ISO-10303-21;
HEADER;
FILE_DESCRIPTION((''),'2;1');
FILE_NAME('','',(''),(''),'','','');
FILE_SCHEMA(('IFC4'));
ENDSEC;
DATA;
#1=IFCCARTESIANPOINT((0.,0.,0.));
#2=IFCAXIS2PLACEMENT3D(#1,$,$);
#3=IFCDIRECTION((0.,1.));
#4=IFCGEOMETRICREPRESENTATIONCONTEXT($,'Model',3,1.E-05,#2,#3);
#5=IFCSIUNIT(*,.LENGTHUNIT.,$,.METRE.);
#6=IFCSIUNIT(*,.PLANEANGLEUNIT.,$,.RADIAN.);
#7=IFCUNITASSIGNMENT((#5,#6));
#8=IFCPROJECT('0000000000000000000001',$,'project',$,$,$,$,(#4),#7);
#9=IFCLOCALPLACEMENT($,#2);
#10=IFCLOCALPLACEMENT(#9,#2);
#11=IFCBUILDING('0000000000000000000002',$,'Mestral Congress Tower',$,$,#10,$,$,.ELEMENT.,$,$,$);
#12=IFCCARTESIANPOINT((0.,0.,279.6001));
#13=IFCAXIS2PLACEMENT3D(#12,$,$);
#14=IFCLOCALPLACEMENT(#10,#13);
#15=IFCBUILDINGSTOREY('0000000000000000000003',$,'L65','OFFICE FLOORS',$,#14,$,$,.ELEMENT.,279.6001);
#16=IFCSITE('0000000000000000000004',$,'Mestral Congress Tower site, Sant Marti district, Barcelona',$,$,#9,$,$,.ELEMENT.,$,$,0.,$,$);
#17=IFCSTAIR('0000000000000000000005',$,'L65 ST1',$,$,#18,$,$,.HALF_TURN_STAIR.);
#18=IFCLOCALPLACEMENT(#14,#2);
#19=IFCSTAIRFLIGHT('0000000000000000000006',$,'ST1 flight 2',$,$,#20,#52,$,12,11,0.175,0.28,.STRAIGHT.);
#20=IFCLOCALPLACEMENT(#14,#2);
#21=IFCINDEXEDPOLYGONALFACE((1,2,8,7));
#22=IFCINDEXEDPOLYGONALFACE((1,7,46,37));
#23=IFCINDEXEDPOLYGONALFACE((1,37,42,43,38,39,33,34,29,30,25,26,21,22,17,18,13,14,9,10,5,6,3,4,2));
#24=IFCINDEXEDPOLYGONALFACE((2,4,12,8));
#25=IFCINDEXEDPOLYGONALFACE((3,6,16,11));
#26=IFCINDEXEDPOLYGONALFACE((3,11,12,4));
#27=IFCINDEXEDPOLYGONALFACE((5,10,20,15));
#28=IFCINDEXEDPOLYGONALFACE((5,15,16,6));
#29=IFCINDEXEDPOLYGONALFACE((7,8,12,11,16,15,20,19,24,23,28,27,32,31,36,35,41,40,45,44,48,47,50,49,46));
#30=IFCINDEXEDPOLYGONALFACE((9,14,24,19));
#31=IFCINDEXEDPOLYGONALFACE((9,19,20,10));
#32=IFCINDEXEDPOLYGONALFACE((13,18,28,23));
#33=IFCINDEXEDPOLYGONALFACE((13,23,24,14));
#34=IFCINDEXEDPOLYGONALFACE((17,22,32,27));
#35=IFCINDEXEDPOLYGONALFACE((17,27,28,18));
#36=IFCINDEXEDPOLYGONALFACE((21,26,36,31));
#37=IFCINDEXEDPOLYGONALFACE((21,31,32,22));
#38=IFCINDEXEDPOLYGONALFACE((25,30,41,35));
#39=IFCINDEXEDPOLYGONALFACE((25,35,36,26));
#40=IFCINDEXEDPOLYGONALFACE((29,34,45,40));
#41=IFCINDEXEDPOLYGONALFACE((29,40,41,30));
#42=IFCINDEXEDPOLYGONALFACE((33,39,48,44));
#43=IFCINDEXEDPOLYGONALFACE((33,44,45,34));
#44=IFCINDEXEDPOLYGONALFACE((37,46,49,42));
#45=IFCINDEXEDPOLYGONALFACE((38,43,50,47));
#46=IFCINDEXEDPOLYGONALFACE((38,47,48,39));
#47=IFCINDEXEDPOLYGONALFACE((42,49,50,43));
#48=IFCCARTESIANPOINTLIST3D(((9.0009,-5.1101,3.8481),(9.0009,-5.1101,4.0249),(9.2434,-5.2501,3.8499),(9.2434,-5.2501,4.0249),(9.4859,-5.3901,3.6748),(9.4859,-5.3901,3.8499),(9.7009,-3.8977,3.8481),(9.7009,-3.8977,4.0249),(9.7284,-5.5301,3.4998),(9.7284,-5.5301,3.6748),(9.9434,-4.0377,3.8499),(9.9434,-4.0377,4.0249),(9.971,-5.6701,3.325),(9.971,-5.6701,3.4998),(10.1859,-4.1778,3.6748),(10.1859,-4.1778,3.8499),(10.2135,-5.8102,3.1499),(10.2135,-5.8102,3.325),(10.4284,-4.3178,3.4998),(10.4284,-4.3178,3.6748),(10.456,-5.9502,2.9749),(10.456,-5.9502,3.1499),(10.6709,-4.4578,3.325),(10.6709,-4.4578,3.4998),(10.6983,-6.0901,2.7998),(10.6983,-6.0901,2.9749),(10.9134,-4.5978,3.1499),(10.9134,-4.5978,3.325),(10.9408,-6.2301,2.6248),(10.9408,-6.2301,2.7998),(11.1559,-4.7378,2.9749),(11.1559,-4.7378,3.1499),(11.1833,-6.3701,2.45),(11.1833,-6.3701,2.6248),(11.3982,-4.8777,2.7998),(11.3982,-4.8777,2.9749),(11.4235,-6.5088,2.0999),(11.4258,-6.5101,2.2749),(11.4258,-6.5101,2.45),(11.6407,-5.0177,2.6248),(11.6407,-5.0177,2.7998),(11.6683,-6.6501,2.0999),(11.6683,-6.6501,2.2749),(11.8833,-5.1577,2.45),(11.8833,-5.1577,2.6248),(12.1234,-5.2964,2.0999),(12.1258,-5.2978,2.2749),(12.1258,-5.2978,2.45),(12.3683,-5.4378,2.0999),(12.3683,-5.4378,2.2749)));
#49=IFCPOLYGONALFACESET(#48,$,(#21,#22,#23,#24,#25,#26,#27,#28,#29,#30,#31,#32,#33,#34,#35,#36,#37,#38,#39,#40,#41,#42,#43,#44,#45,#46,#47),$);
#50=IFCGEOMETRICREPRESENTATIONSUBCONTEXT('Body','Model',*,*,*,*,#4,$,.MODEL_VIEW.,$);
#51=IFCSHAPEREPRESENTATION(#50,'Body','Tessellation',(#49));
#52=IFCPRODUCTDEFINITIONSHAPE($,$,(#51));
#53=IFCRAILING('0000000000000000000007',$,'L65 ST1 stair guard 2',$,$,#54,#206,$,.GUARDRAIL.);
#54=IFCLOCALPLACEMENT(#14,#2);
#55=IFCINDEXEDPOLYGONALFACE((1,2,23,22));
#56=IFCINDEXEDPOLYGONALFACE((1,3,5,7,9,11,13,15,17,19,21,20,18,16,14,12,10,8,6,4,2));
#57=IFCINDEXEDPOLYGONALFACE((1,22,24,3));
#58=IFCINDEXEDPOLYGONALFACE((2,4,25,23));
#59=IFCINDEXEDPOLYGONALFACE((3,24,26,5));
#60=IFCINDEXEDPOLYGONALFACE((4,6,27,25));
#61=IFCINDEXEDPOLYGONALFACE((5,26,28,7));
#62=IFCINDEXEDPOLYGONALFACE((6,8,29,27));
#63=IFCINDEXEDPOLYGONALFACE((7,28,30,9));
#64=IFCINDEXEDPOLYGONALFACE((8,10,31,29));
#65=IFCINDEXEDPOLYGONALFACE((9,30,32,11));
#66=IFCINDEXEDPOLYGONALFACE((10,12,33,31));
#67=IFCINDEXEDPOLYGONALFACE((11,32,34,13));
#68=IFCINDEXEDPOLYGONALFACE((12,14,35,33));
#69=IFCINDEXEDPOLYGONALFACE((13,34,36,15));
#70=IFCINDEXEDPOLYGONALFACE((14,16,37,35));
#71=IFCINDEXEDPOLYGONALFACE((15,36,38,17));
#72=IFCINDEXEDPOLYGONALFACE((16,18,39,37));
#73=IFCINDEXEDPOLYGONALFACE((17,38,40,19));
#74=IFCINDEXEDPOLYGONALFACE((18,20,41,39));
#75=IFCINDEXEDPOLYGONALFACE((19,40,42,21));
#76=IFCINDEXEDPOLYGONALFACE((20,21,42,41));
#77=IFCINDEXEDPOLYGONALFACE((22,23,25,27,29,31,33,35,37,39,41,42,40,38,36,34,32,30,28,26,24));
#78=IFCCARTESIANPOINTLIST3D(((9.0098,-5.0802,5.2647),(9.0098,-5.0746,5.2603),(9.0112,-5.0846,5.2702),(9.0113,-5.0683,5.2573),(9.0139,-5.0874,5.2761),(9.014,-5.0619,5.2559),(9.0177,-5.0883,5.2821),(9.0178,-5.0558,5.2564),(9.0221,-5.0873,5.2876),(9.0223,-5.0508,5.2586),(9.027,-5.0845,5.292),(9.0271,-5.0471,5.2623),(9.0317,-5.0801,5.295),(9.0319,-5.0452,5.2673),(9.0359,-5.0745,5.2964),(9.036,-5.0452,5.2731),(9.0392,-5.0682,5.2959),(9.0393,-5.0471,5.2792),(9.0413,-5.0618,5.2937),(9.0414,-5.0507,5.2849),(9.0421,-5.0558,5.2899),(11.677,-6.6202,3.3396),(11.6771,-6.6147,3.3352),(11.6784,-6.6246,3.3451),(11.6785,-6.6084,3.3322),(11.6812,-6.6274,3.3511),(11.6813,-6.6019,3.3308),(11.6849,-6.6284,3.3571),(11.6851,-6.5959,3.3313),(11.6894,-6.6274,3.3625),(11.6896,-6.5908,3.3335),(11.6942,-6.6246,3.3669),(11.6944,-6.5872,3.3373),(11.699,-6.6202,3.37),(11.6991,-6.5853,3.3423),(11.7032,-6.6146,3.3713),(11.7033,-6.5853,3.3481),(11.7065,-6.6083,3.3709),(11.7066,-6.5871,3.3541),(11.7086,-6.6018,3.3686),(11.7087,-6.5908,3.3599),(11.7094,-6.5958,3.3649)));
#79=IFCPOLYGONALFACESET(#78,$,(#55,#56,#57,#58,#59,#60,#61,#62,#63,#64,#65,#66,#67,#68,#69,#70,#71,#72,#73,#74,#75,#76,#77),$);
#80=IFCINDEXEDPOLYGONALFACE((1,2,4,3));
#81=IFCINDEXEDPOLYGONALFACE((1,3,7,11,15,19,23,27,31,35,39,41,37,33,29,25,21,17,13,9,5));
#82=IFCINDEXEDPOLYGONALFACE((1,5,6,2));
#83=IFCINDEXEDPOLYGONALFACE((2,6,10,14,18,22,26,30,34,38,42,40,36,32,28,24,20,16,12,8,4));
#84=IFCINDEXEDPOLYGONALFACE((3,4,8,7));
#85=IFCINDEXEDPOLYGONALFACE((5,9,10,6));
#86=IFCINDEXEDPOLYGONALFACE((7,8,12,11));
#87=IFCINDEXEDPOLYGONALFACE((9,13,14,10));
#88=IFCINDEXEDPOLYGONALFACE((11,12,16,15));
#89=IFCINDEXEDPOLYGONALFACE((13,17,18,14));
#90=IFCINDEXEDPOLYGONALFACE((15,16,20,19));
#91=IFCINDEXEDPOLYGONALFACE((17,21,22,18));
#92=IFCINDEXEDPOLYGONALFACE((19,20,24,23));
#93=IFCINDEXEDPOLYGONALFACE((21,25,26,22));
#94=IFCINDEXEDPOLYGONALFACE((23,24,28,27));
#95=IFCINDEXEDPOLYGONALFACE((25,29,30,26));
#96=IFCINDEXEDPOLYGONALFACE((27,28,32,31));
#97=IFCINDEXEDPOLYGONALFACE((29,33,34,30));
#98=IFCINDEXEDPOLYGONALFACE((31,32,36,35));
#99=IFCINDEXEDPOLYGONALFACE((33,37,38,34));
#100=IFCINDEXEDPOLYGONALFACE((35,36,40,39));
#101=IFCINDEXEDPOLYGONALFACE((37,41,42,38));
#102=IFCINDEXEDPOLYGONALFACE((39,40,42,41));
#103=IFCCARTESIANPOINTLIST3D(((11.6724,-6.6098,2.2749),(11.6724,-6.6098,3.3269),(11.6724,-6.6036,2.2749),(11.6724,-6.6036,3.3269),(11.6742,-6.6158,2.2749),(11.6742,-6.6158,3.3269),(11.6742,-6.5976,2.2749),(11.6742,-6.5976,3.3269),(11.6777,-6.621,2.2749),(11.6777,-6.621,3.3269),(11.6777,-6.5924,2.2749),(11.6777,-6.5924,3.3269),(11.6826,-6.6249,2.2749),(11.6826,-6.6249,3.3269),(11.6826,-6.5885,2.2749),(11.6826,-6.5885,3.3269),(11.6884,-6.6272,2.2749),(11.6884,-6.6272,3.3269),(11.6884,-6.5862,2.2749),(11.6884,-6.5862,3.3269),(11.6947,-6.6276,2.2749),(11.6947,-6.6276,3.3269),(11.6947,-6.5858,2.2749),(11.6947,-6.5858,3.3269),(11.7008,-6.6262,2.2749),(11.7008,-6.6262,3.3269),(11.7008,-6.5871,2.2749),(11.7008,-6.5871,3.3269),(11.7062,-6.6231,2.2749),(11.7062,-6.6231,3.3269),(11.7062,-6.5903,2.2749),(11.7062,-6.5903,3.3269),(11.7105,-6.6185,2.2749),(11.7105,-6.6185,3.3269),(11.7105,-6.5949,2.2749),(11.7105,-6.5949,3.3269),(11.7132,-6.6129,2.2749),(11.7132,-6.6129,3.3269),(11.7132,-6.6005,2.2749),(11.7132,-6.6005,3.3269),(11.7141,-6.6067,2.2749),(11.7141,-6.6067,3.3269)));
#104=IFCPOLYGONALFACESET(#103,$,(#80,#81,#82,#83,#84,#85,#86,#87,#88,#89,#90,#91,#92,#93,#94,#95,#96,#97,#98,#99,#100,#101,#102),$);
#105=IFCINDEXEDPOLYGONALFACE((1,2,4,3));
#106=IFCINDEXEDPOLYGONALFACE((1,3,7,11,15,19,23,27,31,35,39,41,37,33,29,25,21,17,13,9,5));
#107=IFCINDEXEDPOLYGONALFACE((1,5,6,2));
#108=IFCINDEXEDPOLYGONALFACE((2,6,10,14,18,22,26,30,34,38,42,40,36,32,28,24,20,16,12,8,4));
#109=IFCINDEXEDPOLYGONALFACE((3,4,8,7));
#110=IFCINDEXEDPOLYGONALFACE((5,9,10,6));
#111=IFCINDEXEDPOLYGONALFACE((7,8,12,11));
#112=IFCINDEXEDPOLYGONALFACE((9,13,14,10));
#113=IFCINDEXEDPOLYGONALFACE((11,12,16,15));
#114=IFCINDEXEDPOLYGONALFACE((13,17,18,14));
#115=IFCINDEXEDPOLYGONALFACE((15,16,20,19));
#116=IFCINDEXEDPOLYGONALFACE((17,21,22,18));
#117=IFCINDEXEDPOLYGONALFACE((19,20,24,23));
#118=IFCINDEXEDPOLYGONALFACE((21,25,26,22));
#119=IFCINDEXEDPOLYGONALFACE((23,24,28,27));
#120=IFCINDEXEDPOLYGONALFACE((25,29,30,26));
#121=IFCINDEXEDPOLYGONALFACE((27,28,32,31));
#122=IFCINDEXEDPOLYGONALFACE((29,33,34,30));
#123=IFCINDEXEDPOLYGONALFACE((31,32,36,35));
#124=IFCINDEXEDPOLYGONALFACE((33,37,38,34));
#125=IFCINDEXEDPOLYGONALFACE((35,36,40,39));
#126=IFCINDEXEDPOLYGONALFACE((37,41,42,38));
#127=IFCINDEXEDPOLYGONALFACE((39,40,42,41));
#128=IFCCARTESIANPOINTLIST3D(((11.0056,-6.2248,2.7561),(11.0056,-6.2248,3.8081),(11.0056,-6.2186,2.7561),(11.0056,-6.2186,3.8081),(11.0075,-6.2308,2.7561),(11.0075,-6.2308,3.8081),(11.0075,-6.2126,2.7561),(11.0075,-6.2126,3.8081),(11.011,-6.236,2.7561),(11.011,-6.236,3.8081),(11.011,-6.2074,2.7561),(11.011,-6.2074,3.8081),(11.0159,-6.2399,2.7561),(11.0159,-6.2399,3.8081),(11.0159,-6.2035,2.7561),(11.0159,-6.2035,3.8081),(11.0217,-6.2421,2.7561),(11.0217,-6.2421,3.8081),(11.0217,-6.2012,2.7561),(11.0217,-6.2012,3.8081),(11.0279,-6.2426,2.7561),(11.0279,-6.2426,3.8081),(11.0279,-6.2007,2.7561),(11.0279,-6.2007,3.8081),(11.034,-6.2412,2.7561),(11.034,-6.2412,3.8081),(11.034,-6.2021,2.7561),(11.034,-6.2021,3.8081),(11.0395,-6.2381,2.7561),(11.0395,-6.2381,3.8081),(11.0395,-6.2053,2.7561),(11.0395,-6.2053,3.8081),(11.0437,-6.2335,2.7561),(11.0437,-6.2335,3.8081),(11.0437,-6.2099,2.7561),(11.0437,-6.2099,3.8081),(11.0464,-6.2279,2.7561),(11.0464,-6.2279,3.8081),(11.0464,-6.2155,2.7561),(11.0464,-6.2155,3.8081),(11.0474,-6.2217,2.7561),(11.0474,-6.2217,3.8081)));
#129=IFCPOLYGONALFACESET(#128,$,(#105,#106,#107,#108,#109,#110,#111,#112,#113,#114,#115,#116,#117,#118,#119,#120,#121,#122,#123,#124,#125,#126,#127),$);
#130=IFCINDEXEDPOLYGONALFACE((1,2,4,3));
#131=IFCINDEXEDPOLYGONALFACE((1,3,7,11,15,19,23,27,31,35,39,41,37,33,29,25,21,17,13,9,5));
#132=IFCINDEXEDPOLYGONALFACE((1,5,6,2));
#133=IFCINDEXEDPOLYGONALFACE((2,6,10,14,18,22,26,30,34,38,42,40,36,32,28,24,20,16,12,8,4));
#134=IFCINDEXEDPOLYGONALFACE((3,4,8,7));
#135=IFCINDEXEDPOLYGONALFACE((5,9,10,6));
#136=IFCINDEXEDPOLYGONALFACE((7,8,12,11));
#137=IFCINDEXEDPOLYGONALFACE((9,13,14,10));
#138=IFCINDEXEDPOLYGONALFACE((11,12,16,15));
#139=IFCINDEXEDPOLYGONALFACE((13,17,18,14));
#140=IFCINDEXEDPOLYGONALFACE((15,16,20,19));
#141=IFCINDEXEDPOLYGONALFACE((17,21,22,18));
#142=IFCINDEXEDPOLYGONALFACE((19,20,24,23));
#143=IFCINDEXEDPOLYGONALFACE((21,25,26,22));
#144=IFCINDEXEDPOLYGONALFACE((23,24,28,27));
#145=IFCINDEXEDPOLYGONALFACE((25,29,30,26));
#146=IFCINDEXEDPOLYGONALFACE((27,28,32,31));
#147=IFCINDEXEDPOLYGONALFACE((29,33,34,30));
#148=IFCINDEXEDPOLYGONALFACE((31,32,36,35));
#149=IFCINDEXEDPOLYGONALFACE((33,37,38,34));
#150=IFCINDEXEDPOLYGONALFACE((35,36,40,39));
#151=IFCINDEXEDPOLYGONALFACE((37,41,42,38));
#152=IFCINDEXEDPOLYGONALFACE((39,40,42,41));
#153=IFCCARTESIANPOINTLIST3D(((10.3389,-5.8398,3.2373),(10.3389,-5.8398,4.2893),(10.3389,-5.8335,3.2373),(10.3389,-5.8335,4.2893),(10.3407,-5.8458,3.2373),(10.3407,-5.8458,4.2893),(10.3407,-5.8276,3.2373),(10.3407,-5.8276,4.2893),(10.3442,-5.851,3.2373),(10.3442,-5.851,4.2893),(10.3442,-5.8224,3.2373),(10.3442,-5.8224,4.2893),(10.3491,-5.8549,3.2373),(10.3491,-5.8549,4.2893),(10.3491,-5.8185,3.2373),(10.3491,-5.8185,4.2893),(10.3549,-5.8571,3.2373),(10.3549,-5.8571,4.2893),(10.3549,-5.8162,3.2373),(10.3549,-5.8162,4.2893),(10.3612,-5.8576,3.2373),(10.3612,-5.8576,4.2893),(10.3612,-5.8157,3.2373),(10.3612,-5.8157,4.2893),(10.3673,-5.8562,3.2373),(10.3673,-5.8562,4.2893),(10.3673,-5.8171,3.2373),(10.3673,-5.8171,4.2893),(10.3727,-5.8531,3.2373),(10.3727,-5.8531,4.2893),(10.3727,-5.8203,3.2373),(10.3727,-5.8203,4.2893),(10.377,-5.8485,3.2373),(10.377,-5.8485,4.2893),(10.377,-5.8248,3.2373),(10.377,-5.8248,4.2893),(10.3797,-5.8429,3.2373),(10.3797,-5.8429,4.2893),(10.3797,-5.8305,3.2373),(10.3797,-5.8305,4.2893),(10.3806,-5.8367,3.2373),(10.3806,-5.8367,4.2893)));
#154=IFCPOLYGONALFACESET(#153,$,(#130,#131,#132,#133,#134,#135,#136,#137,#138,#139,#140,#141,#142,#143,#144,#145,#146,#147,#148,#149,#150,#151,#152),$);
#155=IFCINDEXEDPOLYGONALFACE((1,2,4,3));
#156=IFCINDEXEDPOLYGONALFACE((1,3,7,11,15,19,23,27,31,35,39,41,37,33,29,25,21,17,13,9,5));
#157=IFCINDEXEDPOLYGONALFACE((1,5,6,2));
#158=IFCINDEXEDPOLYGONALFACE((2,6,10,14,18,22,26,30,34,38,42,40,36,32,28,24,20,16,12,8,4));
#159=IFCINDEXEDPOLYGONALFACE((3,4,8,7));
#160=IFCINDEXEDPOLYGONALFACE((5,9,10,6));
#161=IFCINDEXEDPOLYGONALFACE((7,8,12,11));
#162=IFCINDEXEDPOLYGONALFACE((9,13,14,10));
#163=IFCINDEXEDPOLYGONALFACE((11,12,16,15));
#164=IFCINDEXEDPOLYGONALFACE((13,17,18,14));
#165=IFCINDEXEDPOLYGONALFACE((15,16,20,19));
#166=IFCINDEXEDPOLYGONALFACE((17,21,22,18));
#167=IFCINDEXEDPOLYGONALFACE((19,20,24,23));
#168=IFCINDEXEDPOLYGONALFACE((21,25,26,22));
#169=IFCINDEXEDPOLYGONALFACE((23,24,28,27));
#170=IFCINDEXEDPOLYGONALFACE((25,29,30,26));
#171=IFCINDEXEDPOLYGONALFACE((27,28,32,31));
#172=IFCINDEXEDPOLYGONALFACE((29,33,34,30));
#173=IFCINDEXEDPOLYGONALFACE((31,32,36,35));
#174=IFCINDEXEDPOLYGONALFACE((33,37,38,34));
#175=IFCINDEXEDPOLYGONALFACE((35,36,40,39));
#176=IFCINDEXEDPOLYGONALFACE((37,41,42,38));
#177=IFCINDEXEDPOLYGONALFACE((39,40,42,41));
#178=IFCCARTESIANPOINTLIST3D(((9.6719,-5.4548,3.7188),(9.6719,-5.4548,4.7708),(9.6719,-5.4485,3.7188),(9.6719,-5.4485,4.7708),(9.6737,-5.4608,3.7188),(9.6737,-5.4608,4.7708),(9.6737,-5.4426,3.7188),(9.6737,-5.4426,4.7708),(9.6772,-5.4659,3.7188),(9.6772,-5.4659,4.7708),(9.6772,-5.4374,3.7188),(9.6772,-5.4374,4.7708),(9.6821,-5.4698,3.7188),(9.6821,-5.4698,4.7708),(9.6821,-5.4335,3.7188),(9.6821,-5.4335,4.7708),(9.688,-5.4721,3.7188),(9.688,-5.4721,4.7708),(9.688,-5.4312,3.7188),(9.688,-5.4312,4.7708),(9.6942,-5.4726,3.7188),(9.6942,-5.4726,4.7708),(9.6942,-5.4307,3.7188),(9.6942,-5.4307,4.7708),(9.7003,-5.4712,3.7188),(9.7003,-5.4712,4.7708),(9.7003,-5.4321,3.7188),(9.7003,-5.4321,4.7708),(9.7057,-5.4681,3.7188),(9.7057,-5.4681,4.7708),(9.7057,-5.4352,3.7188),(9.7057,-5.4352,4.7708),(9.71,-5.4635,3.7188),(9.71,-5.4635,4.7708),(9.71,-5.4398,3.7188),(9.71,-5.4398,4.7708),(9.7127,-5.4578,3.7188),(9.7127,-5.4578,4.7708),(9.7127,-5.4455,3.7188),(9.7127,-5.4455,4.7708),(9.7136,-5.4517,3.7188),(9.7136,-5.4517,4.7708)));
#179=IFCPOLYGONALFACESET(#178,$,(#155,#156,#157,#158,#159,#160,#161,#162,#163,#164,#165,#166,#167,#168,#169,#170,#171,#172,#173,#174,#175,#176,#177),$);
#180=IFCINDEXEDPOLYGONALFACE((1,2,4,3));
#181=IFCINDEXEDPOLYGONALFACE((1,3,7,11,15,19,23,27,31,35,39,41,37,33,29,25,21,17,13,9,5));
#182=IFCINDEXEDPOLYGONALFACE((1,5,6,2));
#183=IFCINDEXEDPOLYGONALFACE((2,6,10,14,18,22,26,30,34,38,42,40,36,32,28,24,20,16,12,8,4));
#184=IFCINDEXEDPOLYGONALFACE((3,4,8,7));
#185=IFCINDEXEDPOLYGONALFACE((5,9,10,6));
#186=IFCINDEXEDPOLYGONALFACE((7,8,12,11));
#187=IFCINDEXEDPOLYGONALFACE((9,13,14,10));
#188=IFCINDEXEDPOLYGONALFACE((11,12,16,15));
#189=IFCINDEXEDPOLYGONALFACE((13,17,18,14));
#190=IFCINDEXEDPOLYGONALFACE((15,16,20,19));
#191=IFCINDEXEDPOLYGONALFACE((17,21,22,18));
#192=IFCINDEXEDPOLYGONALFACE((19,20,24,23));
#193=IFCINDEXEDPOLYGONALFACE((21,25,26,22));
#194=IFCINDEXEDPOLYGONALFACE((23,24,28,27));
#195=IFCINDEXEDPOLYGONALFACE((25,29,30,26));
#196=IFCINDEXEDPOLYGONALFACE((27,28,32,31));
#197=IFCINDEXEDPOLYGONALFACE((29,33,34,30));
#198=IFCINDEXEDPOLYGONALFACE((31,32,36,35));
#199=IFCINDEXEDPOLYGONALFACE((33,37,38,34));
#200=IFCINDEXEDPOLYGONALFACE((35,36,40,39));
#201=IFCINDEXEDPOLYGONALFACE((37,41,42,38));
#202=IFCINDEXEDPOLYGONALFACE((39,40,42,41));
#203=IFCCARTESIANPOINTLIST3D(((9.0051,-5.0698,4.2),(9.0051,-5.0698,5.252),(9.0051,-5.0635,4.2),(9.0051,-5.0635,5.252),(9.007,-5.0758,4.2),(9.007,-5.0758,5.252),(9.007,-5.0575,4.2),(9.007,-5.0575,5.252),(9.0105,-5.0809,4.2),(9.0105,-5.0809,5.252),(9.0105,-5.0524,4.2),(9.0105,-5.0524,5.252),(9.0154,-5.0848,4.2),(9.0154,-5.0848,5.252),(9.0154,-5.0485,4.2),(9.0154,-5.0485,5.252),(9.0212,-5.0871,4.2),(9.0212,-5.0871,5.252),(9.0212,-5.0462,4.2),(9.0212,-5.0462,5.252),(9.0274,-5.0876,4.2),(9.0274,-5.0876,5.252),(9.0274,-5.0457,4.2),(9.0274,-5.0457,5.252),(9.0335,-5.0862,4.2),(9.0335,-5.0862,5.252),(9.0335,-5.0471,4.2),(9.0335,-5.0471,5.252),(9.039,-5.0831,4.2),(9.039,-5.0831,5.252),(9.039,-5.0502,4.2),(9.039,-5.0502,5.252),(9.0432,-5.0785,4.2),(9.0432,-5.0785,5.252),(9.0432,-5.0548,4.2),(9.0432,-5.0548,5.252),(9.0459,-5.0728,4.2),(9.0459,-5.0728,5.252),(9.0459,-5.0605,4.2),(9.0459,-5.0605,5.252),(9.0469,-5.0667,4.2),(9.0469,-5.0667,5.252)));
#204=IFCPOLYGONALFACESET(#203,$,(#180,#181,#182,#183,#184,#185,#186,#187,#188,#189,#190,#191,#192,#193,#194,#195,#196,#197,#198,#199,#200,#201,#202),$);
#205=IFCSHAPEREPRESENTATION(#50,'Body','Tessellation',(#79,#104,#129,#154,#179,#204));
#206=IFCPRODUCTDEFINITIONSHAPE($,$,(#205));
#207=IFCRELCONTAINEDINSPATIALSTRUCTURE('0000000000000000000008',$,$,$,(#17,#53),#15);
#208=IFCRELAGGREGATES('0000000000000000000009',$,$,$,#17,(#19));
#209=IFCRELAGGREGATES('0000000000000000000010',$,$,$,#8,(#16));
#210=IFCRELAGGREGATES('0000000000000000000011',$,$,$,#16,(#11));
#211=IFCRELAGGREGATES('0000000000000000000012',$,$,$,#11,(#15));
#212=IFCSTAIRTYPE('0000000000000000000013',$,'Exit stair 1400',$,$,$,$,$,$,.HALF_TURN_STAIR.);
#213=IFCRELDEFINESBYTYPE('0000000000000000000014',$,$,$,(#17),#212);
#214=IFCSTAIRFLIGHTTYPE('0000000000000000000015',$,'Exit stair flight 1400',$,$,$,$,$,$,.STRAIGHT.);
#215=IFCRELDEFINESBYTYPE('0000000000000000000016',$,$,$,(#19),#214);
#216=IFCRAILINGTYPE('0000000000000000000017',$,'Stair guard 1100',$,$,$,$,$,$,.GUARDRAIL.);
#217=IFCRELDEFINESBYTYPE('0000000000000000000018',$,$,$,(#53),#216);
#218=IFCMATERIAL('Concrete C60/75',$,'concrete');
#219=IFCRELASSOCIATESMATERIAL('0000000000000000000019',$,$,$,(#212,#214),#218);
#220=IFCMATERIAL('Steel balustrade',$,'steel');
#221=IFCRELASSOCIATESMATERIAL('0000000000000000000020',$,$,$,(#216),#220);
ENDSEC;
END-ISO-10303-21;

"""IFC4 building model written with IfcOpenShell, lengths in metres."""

from ifc_helpers import new_model, si_unit, direction, frame, origin, origin_2d, place, context, subcontext, project, spatial, polyline, circle, outline, extrude, material, type_object, element, aggregate, save


model = new_model("IFC4")

# Units and contexts
model_context = context("Model", 3, precision=1e-05, world=origin(), true_north=direction((0.0, 1.0)))
body_context = subcontext(model_context, "Body", "Model", "MODEL_VIEW")
ifc_project = project(units=[si_unit("LENGTHUNIT", "METRE"), si_unit("PLANEANGLEUNIT", "RADIAN")], contexts=[model_context])

# Site, building, storey
site_placement = place(None, origin())
site = spatial("IfcSite", under=ifc_project, at=site_placement, Name="Mestral Congress Tower site, Sant Marti district, Barcelona", CompositionType="ELEMENT", RefElevation=0.0)
building_placement = place(site_placement, origin())
building = spatial("IfcBuilding", under=site, at=building_placement, Name="Mestral Congress Tower", CompositionType="ELEMENT")
storey_placement = place(building_placement, frame((0.0, 0.0, 279.6001)))
storey = spatial("IfcBuildingStorey", under=building, at=storey_placement, Name="L65", Description="OFFICE FLOORS", CompositionType="ELEMENT", Elevation=279.6001)

# Shared definitions
ifc_material_1 = material(Name="Concrete C60/75", Category="concrete")

# Stair, stair flight
stair_type = type_object("IfcStairType", Name="Exit stair 1400", PredefinedType="HALF_TURN_STAIR", material=ifc_material_1)
stair_placement = place(storey_placement, origin())
stair = element("IfcStair", 1, at=stair_placement, inside=storey, type_object=stair_type, Name="L65 ST1", PredefinedType="HALF_TURN_STAIR")
stair_flight_type = type_object("IfcStairFlightType", Name="Exit stair flight 1400", PredefinedType="STRAIGHT", material=ifc_material_1)
stair_flight_placement = place(storey_placement, frame((12.0183, -6.0439, 2.0999), z_axis=(0.0, 0.0, 1.0), x_axis=(-0.866025, 0.5, 0.0)))
stair_flight = element("IfcStairFlight", 2, at=stair_flight_placement, type_object=stair_flight_type, Name="ST1 flight 2", NumberOfRisers=12, NumberOfTreads=11, PredefinedType="STRAIGHT", RiserHeight=0.175, TreadLength=0.28, context=body_context, shape_type="SweptSolid", body=[
    extrude(outline(polyline([(0.0, 0.0), (0.0, 0.175), (0.28, 0.175), (0.28, 0.3501), (0.5601, 0.3501), (0.5601, 0.5249), (0.8401, 0.5249), (0.8401, 0.7), (1.1201, 0.7), (1.1201, 0.875), (1.3999, 0.875), (1.3999, 1.05), (1.6799, 1.05), (1.6799, 1.2251), (1.96, 1.2251), (1.96, 1.3999), (2.24, 1.3999), (2.24, 1.575), (2.52, 1.575), (2.52, 1.75), (2.8, 1.75), (2.8, 1.925), (3.0801, 1.925), (3.0801, 2.1001), (3.0801, 1.7483), (0.2827, 0.0), (0.0, 0.0)])), frame((0.0, 0.7, 0.0), z_axis=(0.0, -1.0, 0.0), x_axis=(1.0, 0.0, 0.0)), (0.0, 0.0, 1.0), 1.3999),
])
aggregate(stair, [stair_flight])

# Railing
ifc_material_2 = material(Name="Steel balustrade", Category="steel")
railing_type = type_object("IfcRailingType", Name="Stair guard 1100", PredefinedType="GUARDRAIL", material=ifc_material_2)
railing_placement = place(storey_placement, frame((11.6931, -6.6067, 2.2749)))
element("IfcRailing", 3, at=railing_placement, inside=storey, type_object=railing_type, Name="L65 ST1 stair guard 2", PredefinedType="GUARDRAIL", context=body_context, shape_type="SweptSolid", body=[
    extrude(circle(Radius=0.0239, at=origin_2d()), frame((0.0, 0.0, 1.0762), z_axis=(-0.734364, 0.424015, 0.530019), x_axis=(-0.500027, -0.86601, 0.0)), (0.0, 0.0, 1.0), 3.6321),
    extrude(circle(Radius=0.021, at=origin_2d()), origin(), (0.0, 0.0, 1.0), 1.052),
    extrude(circle(Radius=0.021, at=origin_2d()), frame((-0.6667, 0.385, 0.4812)), (0.0, 0.0, 1.0), 1.052),
    extrude(circle(Radius=0.021, at=origin_2d()), frame((-1.3335, 0.77, 0.9624)), (0.0, 0.0, 1.0), 1.052),
    extrude(circle(Radius=0.021, at=origin_2d()), frame((-2.0005, 1.155, 1.4438)), (0.0, 0.0, 1.0), 1.052),
    extrude(circle(Radius=0.021, at=origin_2d()), frame((-2.6672, 1.54, 1.925)), (0.0, 0.0, 1.0), 1.052),
])

save(model, "model.ifc")
